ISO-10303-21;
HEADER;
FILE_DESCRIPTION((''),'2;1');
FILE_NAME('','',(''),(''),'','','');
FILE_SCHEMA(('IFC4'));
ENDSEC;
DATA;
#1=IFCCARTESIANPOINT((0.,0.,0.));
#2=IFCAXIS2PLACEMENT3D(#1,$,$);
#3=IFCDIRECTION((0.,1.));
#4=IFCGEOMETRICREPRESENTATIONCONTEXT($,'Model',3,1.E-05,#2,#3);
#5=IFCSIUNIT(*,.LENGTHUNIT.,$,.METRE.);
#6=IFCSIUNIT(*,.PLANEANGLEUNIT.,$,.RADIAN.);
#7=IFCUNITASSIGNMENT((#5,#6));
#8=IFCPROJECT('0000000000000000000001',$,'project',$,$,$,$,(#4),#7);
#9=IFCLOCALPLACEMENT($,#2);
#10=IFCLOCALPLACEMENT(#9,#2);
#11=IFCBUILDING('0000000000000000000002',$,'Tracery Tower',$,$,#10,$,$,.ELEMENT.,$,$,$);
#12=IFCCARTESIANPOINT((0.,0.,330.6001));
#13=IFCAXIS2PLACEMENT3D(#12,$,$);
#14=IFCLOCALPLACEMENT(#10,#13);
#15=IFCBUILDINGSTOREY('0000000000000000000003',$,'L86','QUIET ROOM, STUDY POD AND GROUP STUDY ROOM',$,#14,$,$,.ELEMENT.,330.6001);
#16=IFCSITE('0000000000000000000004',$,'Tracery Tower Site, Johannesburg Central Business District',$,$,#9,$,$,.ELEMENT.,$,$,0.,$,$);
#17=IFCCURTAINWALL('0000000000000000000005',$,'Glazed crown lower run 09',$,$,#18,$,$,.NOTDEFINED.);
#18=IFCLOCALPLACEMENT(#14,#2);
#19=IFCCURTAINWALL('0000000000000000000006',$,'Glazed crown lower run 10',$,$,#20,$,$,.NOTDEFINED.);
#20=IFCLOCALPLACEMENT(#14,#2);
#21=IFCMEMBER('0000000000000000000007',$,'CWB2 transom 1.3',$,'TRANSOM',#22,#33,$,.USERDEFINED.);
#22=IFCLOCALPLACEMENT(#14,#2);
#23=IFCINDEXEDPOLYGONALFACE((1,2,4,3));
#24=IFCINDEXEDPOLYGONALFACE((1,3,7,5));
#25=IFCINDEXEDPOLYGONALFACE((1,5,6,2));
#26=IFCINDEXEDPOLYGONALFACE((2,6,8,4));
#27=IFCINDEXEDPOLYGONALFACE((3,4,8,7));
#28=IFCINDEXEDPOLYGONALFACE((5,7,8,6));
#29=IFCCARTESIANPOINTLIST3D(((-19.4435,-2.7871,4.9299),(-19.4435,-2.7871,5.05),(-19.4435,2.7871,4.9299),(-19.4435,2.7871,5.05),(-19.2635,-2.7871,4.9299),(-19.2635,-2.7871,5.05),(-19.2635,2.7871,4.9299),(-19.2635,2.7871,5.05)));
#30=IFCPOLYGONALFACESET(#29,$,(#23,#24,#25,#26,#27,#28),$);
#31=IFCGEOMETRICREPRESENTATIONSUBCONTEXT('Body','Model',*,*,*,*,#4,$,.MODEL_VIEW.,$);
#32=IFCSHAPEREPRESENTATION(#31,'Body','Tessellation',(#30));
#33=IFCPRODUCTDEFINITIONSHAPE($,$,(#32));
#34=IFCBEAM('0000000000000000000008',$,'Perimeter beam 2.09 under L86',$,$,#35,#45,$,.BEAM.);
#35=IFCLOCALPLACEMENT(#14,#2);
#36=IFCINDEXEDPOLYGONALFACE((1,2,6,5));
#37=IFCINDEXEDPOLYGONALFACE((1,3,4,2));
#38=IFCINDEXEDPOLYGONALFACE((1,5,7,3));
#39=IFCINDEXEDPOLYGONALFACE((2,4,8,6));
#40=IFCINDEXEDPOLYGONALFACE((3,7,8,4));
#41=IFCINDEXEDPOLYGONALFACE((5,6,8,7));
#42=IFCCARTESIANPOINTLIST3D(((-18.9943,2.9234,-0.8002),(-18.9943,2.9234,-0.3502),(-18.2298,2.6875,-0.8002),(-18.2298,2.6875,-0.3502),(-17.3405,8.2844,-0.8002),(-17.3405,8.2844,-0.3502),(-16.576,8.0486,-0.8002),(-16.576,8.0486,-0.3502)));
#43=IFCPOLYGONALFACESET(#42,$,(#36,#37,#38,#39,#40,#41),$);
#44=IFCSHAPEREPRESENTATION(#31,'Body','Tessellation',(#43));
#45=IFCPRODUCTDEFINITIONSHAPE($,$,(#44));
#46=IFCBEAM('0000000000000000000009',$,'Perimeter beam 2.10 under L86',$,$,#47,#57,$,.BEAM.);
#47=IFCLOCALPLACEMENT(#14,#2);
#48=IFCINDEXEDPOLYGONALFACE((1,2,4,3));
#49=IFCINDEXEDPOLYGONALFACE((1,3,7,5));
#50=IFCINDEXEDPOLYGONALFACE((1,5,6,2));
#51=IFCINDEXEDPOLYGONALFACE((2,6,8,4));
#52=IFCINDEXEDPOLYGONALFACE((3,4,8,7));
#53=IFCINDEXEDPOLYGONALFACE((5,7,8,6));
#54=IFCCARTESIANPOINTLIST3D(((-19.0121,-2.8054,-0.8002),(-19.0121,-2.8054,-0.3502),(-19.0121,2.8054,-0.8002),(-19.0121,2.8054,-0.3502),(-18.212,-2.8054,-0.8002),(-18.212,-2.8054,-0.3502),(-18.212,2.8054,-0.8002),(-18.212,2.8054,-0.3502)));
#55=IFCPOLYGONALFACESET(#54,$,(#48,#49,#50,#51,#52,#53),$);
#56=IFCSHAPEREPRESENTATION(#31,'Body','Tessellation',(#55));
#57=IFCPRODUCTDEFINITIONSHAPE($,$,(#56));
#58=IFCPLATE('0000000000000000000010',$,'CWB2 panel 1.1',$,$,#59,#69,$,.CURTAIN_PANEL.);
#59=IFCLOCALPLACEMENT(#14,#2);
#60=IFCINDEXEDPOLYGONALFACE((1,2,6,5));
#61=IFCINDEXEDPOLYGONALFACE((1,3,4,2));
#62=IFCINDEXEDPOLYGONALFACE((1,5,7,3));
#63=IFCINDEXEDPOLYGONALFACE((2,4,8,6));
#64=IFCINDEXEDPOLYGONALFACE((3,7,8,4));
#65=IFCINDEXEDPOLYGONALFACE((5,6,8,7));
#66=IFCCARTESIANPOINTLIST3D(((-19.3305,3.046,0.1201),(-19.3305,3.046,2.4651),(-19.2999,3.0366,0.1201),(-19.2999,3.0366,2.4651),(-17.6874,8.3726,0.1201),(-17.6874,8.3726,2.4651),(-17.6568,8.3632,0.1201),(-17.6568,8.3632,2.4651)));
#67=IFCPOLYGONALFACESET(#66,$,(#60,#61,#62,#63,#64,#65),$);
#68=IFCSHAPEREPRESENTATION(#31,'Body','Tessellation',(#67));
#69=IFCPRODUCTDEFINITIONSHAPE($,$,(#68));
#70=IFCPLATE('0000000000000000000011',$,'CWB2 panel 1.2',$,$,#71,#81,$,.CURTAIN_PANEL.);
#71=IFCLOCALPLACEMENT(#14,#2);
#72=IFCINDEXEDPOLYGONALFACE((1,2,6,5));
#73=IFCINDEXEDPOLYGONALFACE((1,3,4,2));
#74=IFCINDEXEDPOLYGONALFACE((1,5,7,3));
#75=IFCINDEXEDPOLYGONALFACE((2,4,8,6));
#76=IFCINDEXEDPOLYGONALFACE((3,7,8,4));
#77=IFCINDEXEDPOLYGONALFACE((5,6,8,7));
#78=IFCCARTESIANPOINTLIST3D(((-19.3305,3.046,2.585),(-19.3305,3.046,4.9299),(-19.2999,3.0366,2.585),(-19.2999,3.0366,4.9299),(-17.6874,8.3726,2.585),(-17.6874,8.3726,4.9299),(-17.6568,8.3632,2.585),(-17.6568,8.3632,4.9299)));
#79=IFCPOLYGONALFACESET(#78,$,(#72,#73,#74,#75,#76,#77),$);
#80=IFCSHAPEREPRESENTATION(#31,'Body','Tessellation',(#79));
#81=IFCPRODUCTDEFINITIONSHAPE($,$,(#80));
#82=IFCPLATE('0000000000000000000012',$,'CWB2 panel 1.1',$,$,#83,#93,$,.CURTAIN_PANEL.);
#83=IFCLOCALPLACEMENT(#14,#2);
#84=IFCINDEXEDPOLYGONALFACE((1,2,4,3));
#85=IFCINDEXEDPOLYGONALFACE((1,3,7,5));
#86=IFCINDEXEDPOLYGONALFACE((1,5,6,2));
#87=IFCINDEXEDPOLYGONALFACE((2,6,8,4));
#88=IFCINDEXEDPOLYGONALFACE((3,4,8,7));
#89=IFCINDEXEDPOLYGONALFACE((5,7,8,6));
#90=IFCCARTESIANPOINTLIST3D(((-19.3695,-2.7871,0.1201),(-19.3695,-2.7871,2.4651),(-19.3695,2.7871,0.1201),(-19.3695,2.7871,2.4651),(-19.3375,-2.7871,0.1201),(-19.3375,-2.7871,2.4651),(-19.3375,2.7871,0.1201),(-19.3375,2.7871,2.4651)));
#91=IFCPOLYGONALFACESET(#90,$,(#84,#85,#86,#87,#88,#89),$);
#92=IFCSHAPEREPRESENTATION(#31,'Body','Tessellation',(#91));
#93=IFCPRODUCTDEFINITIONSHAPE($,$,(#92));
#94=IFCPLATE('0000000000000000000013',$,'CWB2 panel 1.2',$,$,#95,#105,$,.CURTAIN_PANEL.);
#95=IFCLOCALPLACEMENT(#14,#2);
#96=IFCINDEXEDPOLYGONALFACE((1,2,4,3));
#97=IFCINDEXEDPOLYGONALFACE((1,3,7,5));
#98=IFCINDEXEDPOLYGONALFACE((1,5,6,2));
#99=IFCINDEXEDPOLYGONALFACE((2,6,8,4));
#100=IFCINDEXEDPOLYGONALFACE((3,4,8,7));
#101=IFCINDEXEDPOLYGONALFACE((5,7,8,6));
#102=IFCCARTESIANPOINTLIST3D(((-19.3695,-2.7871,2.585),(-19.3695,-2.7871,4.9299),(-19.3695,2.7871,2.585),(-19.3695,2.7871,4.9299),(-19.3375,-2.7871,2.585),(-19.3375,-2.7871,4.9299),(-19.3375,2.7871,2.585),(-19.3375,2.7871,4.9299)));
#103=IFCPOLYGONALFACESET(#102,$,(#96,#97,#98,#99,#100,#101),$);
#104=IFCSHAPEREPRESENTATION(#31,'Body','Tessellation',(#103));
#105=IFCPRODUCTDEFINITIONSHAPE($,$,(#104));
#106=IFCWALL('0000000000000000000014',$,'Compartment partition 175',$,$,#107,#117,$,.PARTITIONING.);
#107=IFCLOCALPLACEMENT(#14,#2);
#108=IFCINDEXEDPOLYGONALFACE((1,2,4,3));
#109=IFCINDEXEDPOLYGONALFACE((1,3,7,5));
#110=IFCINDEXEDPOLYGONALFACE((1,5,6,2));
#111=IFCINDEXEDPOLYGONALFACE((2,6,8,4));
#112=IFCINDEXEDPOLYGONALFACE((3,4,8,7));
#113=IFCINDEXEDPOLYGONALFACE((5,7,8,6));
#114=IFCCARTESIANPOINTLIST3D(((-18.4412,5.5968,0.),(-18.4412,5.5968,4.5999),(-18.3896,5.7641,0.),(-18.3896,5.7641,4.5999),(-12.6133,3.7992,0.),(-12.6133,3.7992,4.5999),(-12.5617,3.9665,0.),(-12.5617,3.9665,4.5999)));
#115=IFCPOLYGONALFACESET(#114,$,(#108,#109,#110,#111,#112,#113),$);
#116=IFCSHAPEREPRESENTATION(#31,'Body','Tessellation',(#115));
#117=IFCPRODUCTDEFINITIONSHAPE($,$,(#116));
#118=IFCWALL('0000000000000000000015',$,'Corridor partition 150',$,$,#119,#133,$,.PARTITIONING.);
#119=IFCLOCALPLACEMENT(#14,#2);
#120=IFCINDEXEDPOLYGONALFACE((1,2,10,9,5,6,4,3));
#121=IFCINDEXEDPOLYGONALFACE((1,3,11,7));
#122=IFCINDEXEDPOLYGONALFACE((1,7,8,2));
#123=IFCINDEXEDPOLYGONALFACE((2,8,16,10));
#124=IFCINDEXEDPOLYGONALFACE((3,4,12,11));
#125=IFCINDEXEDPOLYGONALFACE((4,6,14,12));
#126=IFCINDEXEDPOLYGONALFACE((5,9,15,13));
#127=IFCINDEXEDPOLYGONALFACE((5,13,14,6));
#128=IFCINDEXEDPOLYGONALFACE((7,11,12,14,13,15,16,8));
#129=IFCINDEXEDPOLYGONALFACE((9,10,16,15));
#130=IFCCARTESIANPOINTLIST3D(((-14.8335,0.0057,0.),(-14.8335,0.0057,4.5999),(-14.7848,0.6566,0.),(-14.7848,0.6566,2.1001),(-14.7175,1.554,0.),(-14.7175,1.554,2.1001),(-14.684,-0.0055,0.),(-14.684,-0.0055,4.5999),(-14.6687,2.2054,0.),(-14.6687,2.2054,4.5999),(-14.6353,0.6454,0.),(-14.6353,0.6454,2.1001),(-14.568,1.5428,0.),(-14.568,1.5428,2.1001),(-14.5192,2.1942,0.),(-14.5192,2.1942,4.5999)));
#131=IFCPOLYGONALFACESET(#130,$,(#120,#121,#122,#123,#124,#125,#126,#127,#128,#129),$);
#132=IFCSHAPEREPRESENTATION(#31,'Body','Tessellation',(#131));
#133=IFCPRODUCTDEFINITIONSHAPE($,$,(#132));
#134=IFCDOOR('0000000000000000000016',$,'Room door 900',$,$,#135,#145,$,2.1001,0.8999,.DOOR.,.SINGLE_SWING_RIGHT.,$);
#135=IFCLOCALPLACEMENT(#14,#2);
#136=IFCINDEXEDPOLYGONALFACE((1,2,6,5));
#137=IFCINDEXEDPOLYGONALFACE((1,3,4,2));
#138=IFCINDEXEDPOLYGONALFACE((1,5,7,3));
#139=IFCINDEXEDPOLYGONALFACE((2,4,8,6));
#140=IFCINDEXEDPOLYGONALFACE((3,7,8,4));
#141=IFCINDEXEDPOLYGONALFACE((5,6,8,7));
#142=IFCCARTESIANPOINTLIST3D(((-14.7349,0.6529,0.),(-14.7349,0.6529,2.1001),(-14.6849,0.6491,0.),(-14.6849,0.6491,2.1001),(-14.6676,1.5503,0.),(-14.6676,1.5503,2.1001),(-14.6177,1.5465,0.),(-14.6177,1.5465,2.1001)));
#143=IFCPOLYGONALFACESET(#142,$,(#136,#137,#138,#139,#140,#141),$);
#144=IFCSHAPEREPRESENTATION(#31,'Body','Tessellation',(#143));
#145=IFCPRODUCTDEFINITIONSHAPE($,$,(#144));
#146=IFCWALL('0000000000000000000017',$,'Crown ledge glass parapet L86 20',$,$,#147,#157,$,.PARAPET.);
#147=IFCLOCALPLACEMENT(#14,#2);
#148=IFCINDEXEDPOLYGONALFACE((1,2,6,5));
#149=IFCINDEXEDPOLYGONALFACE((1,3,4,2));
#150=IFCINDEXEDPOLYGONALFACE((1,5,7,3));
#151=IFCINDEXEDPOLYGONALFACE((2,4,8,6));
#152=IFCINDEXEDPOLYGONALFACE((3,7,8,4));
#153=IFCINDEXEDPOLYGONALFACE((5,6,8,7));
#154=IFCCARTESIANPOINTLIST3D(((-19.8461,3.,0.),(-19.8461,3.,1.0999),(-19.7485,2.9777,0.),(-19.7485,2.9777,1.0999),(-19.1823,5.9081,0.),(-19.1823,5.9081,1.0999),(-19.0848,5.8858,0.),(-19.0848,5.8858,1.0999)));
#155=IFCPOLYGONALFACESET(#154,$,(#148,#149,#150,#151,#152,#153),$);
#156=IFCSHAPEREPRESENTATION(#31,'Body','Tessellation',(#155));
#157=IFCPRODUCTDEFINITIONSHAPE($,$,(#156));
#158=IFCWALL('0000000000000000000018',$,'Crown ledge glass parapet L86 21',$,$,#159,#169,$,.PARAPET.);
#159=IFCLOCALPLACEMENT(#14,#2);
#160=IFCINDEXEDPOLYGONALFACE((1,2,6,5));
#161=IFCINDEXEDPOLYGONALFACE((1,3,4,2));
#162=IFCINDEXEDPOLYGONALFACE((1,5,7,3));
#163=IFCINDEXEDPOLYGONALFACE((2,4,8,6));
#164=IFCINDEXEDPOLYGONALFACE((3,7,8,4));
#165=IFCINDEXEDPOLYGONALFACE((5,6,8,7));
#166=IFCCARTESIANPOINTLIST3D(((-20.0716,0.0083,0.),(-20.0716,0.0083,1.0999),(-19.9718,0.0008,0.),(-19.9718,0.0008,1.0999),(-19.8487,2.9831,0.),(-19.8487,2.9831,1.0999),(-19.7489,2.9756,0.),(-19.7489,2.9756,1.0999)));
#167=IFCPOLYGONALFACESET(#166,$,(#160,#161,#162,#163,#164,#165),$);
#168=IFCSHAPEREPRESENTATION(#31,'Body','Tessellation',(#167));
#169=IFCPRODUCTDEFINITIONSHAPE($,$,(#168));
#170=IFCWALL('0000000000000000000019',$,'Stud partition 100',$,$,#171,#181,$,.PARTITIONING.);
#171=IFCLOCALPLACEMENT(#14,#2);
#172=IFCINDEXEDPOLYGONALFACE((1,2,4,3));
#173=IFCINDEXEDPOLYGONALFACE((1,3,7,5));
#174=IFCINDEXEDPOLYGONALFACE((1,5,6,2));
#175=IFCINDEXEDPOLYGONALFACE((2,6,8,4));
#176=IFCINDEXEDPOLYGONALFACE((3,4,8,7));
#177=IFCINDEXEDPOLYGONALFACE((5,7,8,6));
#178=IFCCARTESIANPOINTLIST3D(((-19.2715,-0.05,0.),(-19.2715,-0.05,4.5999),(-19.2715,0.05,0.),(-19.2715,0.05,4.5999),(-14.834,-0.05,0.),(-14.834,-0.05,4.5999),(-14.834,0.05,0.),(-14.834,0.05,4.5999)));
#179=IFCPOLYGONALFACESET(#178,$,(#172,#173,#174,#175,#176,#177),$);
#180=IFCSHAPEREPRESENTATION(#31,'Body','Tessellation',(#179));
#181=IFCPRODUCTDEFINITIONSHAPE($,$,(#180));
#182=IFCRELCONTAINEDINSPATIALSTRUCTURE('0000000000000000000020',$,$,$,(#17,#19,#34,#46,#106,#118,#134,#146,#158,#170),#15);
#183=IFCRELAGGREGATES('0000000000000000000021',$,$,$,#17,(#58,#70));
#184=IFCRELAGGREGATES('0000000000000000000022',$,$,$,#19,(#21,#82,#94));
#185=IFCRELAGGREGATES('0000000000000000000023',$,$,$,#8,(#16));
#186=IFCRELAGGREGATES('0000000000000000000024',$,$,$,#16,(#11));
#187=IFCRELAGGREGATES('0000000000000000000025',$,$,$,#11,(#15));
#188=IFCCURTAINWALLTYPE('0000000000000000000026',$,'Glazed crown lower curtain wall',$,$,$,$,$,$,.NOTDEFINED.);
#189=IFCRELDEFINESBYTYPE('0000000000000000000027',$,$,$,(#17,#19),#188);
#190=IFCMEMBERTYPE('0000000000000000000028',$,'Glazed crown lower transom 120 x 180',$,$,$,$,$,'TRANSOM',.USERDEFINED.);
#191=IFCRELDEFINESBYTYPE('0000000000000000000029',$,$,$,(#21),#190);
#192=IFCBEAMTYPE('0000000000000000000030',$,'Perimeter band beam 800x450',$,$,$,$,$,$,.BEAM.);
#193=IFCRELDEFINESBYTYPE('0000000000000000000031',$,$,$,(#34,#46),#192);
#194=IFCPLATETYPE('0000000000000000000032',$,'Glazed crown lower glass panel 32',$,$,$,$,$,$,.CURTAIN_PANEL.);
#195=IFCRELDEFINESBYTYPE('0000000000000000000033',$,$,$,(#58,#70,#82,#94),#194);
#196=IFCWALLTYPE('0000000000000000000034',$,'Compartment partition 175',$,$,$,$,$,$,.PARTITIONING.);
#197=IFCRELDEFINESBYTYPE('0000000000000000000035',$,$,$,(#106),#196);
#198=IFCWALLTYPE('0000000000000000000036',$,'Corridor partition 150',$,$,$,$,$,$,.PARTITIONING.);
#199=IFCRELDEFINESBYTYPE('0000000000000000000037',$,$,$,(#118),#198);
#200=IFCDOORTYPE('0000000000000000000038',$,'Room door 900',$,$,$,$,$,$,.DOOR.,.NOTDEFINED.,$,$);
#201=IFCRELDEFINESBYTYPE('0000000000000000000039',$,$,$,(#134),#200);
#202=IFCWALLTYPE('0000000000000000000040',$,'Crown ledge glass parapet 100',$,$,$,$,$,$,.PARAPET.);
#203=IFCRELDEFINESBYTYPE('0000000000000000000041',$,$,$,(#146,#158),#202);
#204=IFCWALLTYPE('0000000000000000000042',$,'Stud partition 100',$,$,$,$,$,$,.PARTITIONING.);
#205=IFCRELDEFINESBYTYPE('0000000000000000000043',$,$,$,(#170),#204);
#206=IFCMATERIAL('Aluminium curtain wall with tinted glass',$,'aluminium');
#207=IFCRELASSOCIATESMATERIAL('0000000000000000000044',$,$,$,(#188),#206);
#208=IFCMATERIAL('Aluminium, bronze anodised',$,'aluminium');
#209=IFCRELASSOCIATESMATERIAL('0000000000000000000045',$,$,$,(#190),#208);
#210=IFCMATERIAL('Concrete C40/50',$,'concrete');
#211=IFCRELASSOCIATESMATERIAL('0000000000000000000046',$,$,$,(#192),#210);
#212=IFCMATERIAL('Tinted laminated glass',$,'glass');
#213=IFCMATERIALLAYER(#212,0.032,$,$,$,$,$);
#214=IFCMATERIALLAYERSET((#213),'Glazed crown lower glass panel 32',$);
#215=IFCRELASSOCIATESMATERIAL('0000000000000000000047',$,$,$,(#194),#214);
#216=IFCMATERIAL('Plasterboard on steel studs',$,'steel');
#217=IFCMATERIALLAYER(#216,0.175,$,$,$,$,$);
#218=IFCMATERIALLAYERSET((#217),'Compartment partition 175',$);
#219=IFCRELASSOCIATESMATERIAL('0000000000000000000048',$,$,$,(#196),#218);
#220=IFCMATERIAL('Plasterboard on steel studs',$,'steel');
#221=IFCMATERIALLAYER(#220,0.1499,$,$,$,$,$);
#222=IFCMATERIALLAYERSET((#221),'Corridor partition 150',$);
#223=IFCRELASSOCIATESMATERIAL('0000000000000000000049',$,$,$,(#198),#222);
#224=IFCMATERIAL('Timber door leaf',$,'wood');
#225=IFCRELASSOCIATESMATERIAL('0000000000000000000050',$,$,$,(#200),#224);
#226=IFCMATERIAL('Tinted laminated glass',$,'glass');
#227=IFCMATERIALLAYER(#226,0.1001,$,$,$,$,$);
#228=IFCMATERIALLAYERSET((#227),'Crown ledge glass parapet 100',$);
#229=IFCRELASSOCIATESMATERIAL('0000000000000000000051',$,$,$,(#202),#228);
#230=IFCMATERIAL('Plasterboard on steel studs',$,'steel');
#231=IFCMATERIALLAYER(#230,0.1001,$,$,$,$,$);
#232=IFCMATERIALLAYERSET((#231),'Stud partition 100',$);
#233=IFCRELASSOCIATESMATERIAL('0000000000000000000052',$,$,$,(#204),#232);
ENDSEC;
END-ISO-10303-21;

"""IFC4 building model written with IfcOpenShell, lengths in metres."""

from ifc_helpers import new_model, si_unit, direction, frame, frame_2d, origin, origin_2d, place, context, subcontext, project, spatial, rectangle, extrude, material, layer, layer_set, material_profile, profile_set, type_object, element, fill, aggregate, save


model = new_model("IFC4")

# Units and contexts
model_context = context("Model", 3, precision=1e-05, world=origin(), true_north=direction((0.0, 1.0)))
body_context = subcontext(model_context, "Body", "Model", "MODEL_VIEW")
ifc_project = project(units=[si_unit("LENGTHUNIT", "METRE"), si_unit("PLANEANGLEUNIT", "RADIAN")], contexts=[model_context])

# Site, building, storey
site_placement = place(None, origin())
site = spatial("IfcSite", under=ifc_project, at=site_placement, Name="Tracery Tower Site, Johannesburg Central Business District", CompositionType="ELEMENT", RefElevation=0.0)
building_placement = place(site_placement, origin())
building = spatial("IfcBuilding", under=site, at=building_placement, Name="Tracery Tower", CompositionType="ELEMENT")
storey_placement = place(building_placement, frame((0.0, 0.0, 330.6001)))
storey = spatial("IfcBuildingStorey", under=building, at=storey_placement, Name="L86", Description="QUIET ROOM, STUDY POD AND GROUP STUDY ROOM", CompositionType="ELEMENT", Elevation=330.6001)

# Curtain wall
ifc_material_1 = material(Name="Aluminium curtain wall with tinted glass", Category="aluminium")
curtain_wall_type = type_object("IfcCurtainWallType", Name="Glazed crown lower curtain wall", PredefinedType="NOTDEFINED", material=ifc_material_1)
curtain_wall_1_placement = place(storey_placement, origin())
curtain_wall_1 = element("IfcCurtainWall", 1, at=curtain_wall_1_placement, inside=storey, type_object=curtain_wall_type, Name="Glazed crown lower run 09", PredefinedType="NOTDEFINED")

# Curtain wall
curtain_wall_2_placement = place(storey_placement, origin())
curtain_wall_2 = element("IfcCurtainWall", 2, at=curtain_wall_2_placement, inside=storey, type_object=curtain_wall_type, Name="Glazed crown lower run 10", PredefinedType="NOTDEFINED")

# Member
ifc_material_2 = material(Name="Aluminium, bronze anodised", Category="aluminium")
ifc_material_profile_1 = material_profile(ifc_material_2, rectangle(XDim=0.1799, YDim=0.1201, at=origin_2d()), Name="Glazed crown lower transom 120 x 180")
ifc_profile_set_1 = profile_set([ifc_material_profile_1], Name="Aluminium, bronze anodised")
member_type_1 = type_object("IfcMemberType", Name="Glazed crown lower transom 120 x 180", ElementType="TRANSOM", PredefinedType="USERDEFINED", material=ifc_profile_set_1)
member_1_placement = place(storey_placement, frame((-19.3535, 2.7871, 4.99), z_axis=(0.0, -1.0, 0.0), x_axis=(1.0, 0.0, 0.0)))
member_1 = element("IfcMember", 3, at=member_1_placement, type_object=member_type_1, Name="CWB2 transom 1.3", ObjectType="TRANSOM", PredefinedType="USERDEFINED", context=body_context, shape_type="SweptSolid", body=[
    extrude(rectangle(XDim=0.1799, YDim=0.1201, at=origin_2d()), origin(), (0.0, 0.0, 1.0), 5.5742),
])

# Beams
ifc_material_3 = material(Name="Concrete C40/50", Category="concrete")
ifc_material_profile_2 = material_profile(ifc_material_3, rectangle(XDim=0.8, YDim=0.45, at=origin_2d()), Name="RC 800x450")
ifc_profile_set_2 = profile_set([ifc_material_profile_2], Name="Concrete C40/50")
beam_type = type_object("IfcBeamType", Name="Perimeter band beam 800x450", PredefinedType="BEAM", material=ifc_profile_set_2)
beam_1_placement = place(storey_placement, frame((-16.9583, 8.1665, -0.5752), z_axis=(-0.294777, -0.955566, 0.0), x_axis=(0.955566, -0.294777, 0.0)))
element("IfcBeam", 4, at=beam_1_placement, inside=storey, type_object=beam_type, Name="Perimeter beam 2.09 under L86", PredefinedType="BEAM", context=body_context, shape_type="SweptSolid", body=[
    extrude(rectangle(XDim=0.8, YDim=0.45, at=origin_2d()), origin(), (0.0, 0.0, 1.0), 5.6104),
])
beam_2_placement = place(storey_placement, frame((-18.6121, 2.8054, -0.5752), z_axis=(0.0, -1.0, 0.0), x_axis=(1.0, 0.0, 0.0)))
element("IfcBeam", 5, at=beam_2_placement, inside=storey, type_object=beam_type, Name="Perimeter beam 2.10 under L86", PredefinedType="BEAM", context=body_context, shape_type="SweptSolid", body=[
    extrude(rectangle(XDim=0.8, YDim=0.45, at=origin_2d()), origin(), (0.0, 0.0, 1.0), 5.6108),
])

# Plates
ifc_material_4 = material(Name="Tinted laminated glass", Category="glass")
ifc_layer_1 = layer(ifc_material_4, 0.032)
ifc_layer_set_1 = layer_set([ifc_layer_1], Name="Glazed crown lower glass panel 32")
plate_type = type_object("IfcPlateType", Name="Glazed crown lower glass panel 32", PredefinedType="CURTAIN_PANEL", material=ifc_layer_set_1)
plate_1_placement = place(storey_placement, frame((-18.4937, 5.7046, 0.1201), z_axis=(0.0, 0.0, 1.0), x_axis=(-0.294761, -0.955571, 0.0)))
plate_1 = element("IfcPlate", 6, at=plate_1_placement, type_object=plate_type, Name="CWB2 panel 1.1", PredefinedType="CURTAIN_PANEL", context=body_context, shape_type="SweptSolid", body=[
    extrude(rectangle(XDim=5.5742, YDim=0.032, at=origin_2d()), origin(), (0.0, 0.0, 1.0), 2.345),
])
plate_2_placement = place(storey_placement, frame((-18.4937, 5.7046, 2.585), z_axis=(0.0, 0.0, 1.0), x_axis=(-0.294761, -0.955571, 0.0)))
plate_2 = element("IfcPlate", 7, at=plate_2_placement, type_object=plate_type, Name="CWB2 panel 1.2", PredefinedType="CURTAIN_PANEL", context=body_context, shape_type="SweptSolid", body=[
    extrude(rectangle(XDim=5.5742, YDim=0.032, at=origin_2d()), origin(), (0.0, 0.0, 1.0), 2.345),
])
aggregate(curtain_wall_1, [plate_1, plate_2])
plate_3_placement = place(storey_placement, frame((-19.3535, 0.0, 0.1201), z_axis=(0.0, 0.0, 1.0), x_axis=(0.0, -1.0, 0.0)))
plate_3 = element("IfcPlate", 8, at=plate_3_placement, type_object=plate_type, Name="CWB2 panel 1.1", PredefinedType="CURTAIN_PANEL", context=body_context, shape_type="SweptSolid", body=[
    extrude(rectangle(XDim=5.5742, YDim=0.032, at=origin_2d()), origin(), (0.0, 0.0, 1.0), 2.345),
])
plate_4_placement = place(storey_placement, frame((-19.3535, 0.0, 2.585), z_axis=(0.0, 0.0, 1.0), x_axis=(0.0, -1.0, 0.0)))
plate_4 = element("IfcPlate", 9, at=plate_4_placement, type_object=plate_type, Name="CWB2 panel 1.2", PredefinedType="CURTAIN_PANEL", context=body_context, shape_type="SweptSolid", body=[
    extrude(rectangle(XDim=5.5742, YDim=0.032, at=origin_2d()), origin(), (0.0, 0.0, 1.0), 2.345),
])
aggregate(curtain_wall_2, [member_1, plate_3, plate_4])

# Wall
ifc_material_5 = material(Name="Plasterboard on steel studs", Category="steel")
ifc_layer_2 = layer(ifc_material_5, 0.175)
ifc_layer_set_2 = layer_set([ifc_layer_2], Name="Compartment partition 175")
wall_type_1 = type_object("IfcWallType", Name="Compartment partition 175", PredefinedType="PARTITIONING", material=ifc_layer_set_2)
wall_1_placement = place(storey_placement, frame((-18.4153, 5.6804, 0.0), z_axis=(0.0, 0.0, 1.0), x_axis=(0.955575, -0.294747, 0.0)))
element("IfcWall", 10, at=wall_1_placement, inside=storey, type_object=wall_type_1, Name="Compartment partition 175", PredefinedType="PARTITIONING", context=body_context, shape_type="SweptSolid", body=[
    extrude(rectangle(XDim=6.0989, YDim=0.175, at=frame_2d((3.0493, 0.0))), origin(), (0.0, 0.0, 1.0), 4.5999),
])

# Wall, opening, door
ifc_material_6 = material(Name="Plasterboard on steel studs", Category="steel")
ifc_layer_3 = layer(ifc_material_6, 0.1499)
ifc_layer_set_3 = layer_set([ifc_layer_3], Name="Corridor partition 150")
wall_type_2 = type_object("IfcWallType", Name="Corridor partition 150", PredefinedType="PARTITIONING", material=ifc_layer_set_3)
wall_2_placement = place(storey_placement, frame((-14.7588, 0.0, 0.0), z_axis=(0.0, 0.0, 1.0), x_axis=(0.074707, 0.997205, 0.0)))
wall_2 = element("IfcWall", 11, at=wall_2_placement, inside=storey, type_object=wall_type_2, Name="Corridor partition 150", PredefinedType="PARTITIONING", context=body_context, shape_type="SweptSolid", body=[
    extrude(rectangle(XDim=2.2058, YDim=0.1499, at=frame_2d((1.103, 0.0))), origin(), (0.0, 0.0, 1.0), 4.5999),
])
opening_placement = place(wall_2_placement, frame((0.6528, 0.0, 0.0)))
opening = element("IfcOpeningElement", 12, at=opening_placement, cuts=wall_2, PredefinedType="OPENING", context=body_context, shape_type="SweptSolid", body=[
    extrude(rectangle(XDim=0.8999, YDim=2.1001, at=frame_2d((0.45, 1.05))), frame((0.0, 0.075, 0.0), z_axis=(0.0, -1.0, 0.0), x_axis=(1.0, 0.0, 0.0)), (0.0, 0.0, 1.0), 0.1499),
])
ifc_material_7 = material(Name="Timber door leaf", Category="wood")
door_type = type_object("IfcDoorType", Name="Room door 900", OperationType="NOTDEFINED", PredefinedType="DOOR", material=ifc_material_7)
door_placement = place(opening_placement, origin())
door = element("IfcDoor", 13, at=door_placement, inside=storey, type_object=door_type, Name="Room door 900", OperationType="SINGLE_SWING_RIGHT", OverallHeight=2.1001, OverallWidth=0.8999, PredefinedType="DOOR", context=body_context, shape_type="SweptSolid", body=[
    extrude(rectangle(XDim=0.8999, YDim=2.1001, at=frame_2d((0.45, 1.05))), frame((0.0, 0.0249, 0.0), z_axis=(0.0, -1.0, 0.0), x_axis=(1.0, 0.0, 0.0)), (0.0, 0.0, 1.0), 0.05),
])
fill(opening, door)

# Walls
ifc_material_8 = material(Name="Tinted laminated glass", Category="glass")
ifc_layer_4 = layer(ifc_material_8, 0.1001)
ifc_layer_set_4 = layer_set([ifc_layer_4], Name="Crown ledge glass parapet 100")
wall_type_3 = type_object("IfcWallType", Name="Crown ledge glass parapet 100", PredefinedType="PARAPET", material=ifc_layer_set_4)
wall_3_placement = place(storey_placement, frame((-19.1335, 5.897, 0.0), z_axis=(0.0, 0.0, 1.0), x_axis=(-0.222534, -0.974925, 0.0)))
element("IfcWall", 14, at=wall_3_placement, inside=storey, type_object=wall_type_3, Name="Crown ledge glass parapet L86 20", PredefinedType="PARAPET", context=body_context, shape_type="SweptSolid", body=[
    extrude(rectangle(XDim=2.9829, YDim=0.1001, at=frame_2d((1.4915, 0.0))), origin(), (0.0, 0.0, 1.0), 1.0999),
])
wall_4_placement = place(storey_placement, frame((-19.7988, 2.9795, 0.0), z_axis=(0.0, 0.0, 1.0), x_axis=(-0.074719, -0.997205, 0.0)))
element("IfcWall", 15, at=wall_4_placement, inside=storey, type_object=wall_type_3, Name="Crown ledge glass parapet L86 21", PredefinedType="PARAPET", context=body_context, shape_type="SweptSolid", body=[
    extrude(rectangle(XDim=2.9832, YDim=0.1001, at=frame_2d((1.4917, 0.0))), origin(), (0.0, 0.0, 1.0), 1.0999),
])
ifc_material_9 = material(Name="Plasterboard on steel studs", Category="steel")
ifc_layer_5 = layer(ifc_material_9, 0.1001)
ifc_layer_set_5 = layer_set([ifc_layer_5], Name="Stud partition 100")
wall_type_4 = type_object("IfcWallType", Name="Stud partition 100", PredefinedType="PARTITIONING", material=ifc_layer_set_5)
wall_5_placement = place(storey_placement, frame((-19.2715, 0.0, 0.0), z_axis=(0.0, 0.0, 1.0), x_axis=(1.0, 0.0, 0.0)))
element("IfcWall", 16, at=wall_5_placement, inside=storey, type_object=wall_type_4, Name="Stud partition 100", PredefinedType="PARTITIONING", context=body_context, shape_type="SweptSolid", body=[
    extrude(rectangle(XDim=4.4375, YDim=0.1001, at=frame_2d((2.2188, 0.0))), origin(), (0.0, 0.0, 1.0), 4.5999),
])

save(model, "model.ifc")
